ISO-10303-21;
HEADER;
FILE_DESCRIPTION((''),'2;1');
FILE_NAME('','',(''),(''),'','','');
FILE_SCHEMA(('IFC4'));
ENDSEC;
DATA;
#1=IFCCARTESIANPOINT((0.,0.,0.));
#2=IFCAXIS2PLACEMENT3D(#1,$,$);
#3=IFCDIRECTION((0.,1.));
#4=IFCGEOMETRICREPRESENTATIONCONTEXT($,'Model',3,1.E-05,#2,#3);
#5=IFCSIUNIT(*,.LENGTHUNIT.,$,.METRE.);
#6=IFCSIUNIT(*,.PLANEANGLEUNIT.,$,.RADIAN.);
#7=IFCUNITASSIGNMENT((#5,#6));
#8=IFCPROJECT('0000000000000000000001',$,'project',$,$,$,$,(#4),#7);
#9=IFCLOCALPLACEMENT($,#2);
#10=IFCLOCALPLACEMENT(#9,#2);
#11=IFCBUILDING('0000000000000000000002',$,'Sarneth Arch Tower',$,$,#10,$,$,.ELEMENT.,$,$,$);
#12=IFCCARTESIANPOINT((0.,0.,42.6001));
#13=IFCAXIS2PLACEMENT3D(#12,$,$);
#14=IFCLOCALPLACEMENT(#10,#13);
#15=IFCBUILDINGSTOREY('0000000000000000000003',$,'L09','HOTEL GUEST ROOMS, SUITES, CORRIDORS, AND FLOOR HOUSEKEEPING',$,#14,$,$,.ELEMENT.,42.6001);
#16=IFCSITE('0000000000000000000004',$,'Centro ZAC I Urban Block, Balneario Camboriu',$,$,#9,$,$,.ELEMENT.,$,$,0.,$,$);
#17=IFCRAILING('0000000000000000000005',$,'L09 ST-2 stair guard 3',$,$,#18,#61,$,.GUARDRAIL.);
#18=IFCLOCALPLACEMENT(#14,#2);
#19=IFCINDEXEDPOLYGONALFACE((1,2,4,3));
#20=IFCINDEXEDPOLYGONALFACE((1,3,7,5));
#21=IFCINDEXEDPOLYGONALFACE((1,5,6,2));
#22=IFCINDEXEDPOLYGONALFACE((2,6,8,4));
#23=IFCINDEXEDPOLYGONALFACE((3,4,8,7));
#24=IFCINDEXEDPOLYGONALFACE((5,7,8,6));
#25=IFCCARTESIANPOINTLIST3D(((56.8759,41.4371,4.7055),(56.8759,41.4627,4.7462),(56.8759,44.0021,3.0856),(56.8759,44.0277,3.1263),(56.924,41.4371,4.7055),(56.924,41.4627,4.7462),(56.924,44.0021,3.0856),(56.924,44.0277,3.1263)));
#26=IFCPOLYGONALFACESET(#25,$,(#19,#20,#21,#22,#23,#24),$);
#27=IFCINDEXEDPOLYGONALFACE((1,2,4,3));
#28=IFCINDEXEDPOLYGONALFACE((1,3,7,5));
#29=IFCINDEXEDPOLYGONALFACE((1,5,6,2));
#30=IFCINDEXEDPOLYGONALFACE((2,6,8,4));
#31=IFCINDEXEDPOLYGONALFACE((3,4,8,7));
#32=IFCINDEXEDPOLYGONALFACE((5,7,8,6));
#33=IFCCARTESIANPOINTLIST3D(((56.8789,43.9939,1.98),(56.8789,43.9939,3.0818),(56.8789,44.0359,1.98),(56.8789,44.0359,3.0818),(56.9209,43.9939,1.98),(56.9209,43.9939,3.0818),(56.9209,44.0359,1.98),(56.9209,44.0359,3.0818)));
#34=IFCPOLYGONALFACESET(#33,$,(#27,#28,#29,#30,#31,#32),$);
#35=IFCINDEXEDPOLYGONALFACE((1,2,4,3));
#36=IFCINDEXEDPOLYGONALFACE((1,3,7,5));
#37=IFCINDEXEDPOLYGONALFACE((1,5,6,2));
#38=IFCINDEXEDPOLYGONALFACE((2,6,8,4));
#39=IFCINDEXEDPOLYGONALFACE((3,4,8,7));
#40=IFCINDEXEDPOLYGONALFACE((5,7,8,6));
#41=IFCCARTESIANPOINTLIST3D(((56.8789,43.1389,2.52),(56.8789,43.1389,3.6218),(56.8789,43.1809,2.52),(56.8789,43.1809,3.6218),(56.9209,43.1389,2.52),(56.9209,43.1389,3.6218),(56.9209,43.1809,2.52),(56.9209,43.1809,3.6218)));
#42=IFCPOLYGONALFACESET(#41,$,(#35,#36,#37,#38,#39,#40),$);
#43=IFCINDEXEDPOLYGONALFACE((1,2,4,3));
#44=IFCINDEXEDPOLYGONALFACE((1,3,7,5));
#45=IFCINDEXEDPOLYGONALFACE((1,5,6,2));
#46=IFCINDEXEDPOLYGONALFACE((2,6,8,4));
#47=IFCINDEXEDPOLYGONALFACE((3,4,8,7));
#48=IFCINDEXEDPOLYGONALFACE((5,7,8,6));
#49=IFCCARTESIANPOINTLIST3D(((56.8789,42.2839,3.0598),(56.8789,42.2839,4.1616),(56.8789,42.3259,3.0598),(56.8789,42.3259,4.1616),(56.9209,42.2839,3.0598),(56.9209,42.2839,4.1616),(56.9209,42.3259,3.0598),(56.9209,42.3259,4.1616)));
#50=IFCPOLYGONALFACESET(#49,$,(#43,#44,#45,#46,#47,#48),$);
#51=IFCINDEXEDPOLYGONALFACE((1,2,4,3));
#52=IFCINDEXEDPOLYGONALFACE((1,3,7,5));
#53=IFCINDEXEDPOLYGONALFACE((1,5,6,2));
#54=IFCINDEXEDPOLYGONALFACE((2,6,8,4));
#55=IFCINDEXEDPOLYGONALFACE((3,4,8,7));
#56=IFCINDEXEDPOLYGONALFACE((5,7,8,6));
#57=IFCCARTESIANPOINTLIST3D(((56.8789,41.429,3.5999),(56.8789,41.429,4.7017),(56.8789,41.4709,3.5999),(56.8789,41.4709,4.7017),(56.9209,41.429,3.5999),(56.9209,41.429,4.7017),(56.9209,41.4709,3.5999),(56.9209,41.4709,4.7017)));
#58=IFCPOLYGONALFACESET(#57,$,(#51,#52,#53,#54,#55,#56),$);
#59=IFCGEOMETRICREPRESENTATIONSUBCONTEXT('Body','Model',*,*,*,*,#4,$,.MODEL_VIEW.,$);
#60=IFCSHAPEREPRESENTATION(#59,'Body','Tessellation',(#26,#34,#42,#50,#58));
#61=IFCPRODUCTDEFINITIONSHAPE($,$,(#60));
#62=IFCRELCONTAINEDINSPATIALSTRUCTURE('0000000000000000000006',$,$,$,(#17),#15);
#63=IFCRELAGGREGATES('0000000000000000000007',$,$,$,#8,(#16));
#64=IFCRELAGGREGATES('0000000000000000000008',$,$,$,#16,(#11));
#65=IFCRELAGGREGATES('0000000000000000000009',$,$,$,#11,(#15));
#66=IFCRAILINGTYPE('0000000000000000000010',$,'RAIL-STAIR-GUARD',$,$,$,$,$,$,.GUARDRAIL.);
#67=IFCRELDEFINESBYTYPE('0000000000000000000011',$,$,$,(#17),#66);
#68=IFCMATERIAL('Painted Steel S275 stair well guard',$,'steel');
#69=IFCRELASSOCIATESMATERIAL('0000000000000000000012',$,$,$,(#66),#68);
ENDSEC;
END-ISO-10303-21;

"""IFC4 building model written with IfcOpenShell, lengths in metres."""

from ifc_helpers import new_model, si_unit, direction, frame, origin, origin_2d, place, context, subcontext, project, spatial, rectangle, extrude, material, type_object, element, save


model = new_model("IFC4")

# Units and contexts
model_context = context("Model", 3, precision=1e-05, world=origin(), true_north=direction((0.0, 1.0)))
body_context = subcontext(model_context, "Body", "Model", "MODEL_VIEW")
ifc_project = project(units=[si_unit("LENGTHUNIT", "METRE"), si_unit("PLANEANGLEUNIT", "RADIAN")], contexts=[model_context])

# Site, building, storey
site_placement = place(None, origin())
site = spatial("IfcSite", under=ifc_project, at=site_placement, Name="Centro ZAC I Urban Block, Balneario Camboriu", CompositionType="ELEMENT", RefElevation=0.0)
building_placement = place(site_placement, origin())
building = spatial("IfcBuilding", under=site, at=building_placement, Name="Sarneth Arch Tower", CompositionType="ELEMENT")
storey_placement = place(building_placement, frame((0.0, 0.0, 42.6001)))
storey = spatial("IfcBuildingStorey", under=building, at=storey_placement, Name="L09", Description="HOTEL GUEST ROOMS, SUITES, CORRIDORS, AND FLOOR HOUSEKEEPING", CompositionType="ELEMENT", Elevation=42.6001)

# Railing
ifc_material_1 = material(Name="Painted Steel S275 stair well guard", Category="steel")
railing_type_1 = type_object("IfcRailingType", Name="RAIL-STAIR-GUARD", PredefinedType="GUARDRAIL", material=ifc_material_1)
railing_1_placement = place(storey_placement, frame((56.8999, 44.0149, 1.98)))
element("IfcRailing", 1, at=railing_1_placement, inside=storey, type_object=railing_type_1, Name="L09 ST-2 stair guard 3", PredefinedType="GUARDRAIL", context=body_context, shape_type="SweptSolid", body=[
    extrude(rectangle(XDim=0.0481, YDim=0.0481, at=origin_2d()), frame((0.0, 0.0, 1.126), z_axis=(0.0, -0.845502, 0.533972), x_axis=(1.0, 0.0, 0.0)), (0.0, 0.0, 1.0), 3.0337),
    extrude(rectangle(XDim=0.042, YDim=0.042, at=origin_2d()), origin(), (0.0, 0.0, 1.0), 1.1018),
    extrude(rectangle(XDim=0.042, YDim=0.042, at=origin_2d()), frame((0.0, -0.855, 0.54)), (0.0, 0.0, 1.0), 1.1018),
    extrude(rectangle(XDim=0.042, YDim=0.042, at=origin_2d()), frame((0.0, -1.71, 1.0798)), (0.0, 0.0, 1.0), 1.1018),
    extrude(rectangle(XDim=0.042, YDim=0.042, at=origin_2d()), frame((0.0, -2.5649, 1.6199)), (0.0, 0.0, 1.0), 1.1018),
])

save(model, "model.ifc")
